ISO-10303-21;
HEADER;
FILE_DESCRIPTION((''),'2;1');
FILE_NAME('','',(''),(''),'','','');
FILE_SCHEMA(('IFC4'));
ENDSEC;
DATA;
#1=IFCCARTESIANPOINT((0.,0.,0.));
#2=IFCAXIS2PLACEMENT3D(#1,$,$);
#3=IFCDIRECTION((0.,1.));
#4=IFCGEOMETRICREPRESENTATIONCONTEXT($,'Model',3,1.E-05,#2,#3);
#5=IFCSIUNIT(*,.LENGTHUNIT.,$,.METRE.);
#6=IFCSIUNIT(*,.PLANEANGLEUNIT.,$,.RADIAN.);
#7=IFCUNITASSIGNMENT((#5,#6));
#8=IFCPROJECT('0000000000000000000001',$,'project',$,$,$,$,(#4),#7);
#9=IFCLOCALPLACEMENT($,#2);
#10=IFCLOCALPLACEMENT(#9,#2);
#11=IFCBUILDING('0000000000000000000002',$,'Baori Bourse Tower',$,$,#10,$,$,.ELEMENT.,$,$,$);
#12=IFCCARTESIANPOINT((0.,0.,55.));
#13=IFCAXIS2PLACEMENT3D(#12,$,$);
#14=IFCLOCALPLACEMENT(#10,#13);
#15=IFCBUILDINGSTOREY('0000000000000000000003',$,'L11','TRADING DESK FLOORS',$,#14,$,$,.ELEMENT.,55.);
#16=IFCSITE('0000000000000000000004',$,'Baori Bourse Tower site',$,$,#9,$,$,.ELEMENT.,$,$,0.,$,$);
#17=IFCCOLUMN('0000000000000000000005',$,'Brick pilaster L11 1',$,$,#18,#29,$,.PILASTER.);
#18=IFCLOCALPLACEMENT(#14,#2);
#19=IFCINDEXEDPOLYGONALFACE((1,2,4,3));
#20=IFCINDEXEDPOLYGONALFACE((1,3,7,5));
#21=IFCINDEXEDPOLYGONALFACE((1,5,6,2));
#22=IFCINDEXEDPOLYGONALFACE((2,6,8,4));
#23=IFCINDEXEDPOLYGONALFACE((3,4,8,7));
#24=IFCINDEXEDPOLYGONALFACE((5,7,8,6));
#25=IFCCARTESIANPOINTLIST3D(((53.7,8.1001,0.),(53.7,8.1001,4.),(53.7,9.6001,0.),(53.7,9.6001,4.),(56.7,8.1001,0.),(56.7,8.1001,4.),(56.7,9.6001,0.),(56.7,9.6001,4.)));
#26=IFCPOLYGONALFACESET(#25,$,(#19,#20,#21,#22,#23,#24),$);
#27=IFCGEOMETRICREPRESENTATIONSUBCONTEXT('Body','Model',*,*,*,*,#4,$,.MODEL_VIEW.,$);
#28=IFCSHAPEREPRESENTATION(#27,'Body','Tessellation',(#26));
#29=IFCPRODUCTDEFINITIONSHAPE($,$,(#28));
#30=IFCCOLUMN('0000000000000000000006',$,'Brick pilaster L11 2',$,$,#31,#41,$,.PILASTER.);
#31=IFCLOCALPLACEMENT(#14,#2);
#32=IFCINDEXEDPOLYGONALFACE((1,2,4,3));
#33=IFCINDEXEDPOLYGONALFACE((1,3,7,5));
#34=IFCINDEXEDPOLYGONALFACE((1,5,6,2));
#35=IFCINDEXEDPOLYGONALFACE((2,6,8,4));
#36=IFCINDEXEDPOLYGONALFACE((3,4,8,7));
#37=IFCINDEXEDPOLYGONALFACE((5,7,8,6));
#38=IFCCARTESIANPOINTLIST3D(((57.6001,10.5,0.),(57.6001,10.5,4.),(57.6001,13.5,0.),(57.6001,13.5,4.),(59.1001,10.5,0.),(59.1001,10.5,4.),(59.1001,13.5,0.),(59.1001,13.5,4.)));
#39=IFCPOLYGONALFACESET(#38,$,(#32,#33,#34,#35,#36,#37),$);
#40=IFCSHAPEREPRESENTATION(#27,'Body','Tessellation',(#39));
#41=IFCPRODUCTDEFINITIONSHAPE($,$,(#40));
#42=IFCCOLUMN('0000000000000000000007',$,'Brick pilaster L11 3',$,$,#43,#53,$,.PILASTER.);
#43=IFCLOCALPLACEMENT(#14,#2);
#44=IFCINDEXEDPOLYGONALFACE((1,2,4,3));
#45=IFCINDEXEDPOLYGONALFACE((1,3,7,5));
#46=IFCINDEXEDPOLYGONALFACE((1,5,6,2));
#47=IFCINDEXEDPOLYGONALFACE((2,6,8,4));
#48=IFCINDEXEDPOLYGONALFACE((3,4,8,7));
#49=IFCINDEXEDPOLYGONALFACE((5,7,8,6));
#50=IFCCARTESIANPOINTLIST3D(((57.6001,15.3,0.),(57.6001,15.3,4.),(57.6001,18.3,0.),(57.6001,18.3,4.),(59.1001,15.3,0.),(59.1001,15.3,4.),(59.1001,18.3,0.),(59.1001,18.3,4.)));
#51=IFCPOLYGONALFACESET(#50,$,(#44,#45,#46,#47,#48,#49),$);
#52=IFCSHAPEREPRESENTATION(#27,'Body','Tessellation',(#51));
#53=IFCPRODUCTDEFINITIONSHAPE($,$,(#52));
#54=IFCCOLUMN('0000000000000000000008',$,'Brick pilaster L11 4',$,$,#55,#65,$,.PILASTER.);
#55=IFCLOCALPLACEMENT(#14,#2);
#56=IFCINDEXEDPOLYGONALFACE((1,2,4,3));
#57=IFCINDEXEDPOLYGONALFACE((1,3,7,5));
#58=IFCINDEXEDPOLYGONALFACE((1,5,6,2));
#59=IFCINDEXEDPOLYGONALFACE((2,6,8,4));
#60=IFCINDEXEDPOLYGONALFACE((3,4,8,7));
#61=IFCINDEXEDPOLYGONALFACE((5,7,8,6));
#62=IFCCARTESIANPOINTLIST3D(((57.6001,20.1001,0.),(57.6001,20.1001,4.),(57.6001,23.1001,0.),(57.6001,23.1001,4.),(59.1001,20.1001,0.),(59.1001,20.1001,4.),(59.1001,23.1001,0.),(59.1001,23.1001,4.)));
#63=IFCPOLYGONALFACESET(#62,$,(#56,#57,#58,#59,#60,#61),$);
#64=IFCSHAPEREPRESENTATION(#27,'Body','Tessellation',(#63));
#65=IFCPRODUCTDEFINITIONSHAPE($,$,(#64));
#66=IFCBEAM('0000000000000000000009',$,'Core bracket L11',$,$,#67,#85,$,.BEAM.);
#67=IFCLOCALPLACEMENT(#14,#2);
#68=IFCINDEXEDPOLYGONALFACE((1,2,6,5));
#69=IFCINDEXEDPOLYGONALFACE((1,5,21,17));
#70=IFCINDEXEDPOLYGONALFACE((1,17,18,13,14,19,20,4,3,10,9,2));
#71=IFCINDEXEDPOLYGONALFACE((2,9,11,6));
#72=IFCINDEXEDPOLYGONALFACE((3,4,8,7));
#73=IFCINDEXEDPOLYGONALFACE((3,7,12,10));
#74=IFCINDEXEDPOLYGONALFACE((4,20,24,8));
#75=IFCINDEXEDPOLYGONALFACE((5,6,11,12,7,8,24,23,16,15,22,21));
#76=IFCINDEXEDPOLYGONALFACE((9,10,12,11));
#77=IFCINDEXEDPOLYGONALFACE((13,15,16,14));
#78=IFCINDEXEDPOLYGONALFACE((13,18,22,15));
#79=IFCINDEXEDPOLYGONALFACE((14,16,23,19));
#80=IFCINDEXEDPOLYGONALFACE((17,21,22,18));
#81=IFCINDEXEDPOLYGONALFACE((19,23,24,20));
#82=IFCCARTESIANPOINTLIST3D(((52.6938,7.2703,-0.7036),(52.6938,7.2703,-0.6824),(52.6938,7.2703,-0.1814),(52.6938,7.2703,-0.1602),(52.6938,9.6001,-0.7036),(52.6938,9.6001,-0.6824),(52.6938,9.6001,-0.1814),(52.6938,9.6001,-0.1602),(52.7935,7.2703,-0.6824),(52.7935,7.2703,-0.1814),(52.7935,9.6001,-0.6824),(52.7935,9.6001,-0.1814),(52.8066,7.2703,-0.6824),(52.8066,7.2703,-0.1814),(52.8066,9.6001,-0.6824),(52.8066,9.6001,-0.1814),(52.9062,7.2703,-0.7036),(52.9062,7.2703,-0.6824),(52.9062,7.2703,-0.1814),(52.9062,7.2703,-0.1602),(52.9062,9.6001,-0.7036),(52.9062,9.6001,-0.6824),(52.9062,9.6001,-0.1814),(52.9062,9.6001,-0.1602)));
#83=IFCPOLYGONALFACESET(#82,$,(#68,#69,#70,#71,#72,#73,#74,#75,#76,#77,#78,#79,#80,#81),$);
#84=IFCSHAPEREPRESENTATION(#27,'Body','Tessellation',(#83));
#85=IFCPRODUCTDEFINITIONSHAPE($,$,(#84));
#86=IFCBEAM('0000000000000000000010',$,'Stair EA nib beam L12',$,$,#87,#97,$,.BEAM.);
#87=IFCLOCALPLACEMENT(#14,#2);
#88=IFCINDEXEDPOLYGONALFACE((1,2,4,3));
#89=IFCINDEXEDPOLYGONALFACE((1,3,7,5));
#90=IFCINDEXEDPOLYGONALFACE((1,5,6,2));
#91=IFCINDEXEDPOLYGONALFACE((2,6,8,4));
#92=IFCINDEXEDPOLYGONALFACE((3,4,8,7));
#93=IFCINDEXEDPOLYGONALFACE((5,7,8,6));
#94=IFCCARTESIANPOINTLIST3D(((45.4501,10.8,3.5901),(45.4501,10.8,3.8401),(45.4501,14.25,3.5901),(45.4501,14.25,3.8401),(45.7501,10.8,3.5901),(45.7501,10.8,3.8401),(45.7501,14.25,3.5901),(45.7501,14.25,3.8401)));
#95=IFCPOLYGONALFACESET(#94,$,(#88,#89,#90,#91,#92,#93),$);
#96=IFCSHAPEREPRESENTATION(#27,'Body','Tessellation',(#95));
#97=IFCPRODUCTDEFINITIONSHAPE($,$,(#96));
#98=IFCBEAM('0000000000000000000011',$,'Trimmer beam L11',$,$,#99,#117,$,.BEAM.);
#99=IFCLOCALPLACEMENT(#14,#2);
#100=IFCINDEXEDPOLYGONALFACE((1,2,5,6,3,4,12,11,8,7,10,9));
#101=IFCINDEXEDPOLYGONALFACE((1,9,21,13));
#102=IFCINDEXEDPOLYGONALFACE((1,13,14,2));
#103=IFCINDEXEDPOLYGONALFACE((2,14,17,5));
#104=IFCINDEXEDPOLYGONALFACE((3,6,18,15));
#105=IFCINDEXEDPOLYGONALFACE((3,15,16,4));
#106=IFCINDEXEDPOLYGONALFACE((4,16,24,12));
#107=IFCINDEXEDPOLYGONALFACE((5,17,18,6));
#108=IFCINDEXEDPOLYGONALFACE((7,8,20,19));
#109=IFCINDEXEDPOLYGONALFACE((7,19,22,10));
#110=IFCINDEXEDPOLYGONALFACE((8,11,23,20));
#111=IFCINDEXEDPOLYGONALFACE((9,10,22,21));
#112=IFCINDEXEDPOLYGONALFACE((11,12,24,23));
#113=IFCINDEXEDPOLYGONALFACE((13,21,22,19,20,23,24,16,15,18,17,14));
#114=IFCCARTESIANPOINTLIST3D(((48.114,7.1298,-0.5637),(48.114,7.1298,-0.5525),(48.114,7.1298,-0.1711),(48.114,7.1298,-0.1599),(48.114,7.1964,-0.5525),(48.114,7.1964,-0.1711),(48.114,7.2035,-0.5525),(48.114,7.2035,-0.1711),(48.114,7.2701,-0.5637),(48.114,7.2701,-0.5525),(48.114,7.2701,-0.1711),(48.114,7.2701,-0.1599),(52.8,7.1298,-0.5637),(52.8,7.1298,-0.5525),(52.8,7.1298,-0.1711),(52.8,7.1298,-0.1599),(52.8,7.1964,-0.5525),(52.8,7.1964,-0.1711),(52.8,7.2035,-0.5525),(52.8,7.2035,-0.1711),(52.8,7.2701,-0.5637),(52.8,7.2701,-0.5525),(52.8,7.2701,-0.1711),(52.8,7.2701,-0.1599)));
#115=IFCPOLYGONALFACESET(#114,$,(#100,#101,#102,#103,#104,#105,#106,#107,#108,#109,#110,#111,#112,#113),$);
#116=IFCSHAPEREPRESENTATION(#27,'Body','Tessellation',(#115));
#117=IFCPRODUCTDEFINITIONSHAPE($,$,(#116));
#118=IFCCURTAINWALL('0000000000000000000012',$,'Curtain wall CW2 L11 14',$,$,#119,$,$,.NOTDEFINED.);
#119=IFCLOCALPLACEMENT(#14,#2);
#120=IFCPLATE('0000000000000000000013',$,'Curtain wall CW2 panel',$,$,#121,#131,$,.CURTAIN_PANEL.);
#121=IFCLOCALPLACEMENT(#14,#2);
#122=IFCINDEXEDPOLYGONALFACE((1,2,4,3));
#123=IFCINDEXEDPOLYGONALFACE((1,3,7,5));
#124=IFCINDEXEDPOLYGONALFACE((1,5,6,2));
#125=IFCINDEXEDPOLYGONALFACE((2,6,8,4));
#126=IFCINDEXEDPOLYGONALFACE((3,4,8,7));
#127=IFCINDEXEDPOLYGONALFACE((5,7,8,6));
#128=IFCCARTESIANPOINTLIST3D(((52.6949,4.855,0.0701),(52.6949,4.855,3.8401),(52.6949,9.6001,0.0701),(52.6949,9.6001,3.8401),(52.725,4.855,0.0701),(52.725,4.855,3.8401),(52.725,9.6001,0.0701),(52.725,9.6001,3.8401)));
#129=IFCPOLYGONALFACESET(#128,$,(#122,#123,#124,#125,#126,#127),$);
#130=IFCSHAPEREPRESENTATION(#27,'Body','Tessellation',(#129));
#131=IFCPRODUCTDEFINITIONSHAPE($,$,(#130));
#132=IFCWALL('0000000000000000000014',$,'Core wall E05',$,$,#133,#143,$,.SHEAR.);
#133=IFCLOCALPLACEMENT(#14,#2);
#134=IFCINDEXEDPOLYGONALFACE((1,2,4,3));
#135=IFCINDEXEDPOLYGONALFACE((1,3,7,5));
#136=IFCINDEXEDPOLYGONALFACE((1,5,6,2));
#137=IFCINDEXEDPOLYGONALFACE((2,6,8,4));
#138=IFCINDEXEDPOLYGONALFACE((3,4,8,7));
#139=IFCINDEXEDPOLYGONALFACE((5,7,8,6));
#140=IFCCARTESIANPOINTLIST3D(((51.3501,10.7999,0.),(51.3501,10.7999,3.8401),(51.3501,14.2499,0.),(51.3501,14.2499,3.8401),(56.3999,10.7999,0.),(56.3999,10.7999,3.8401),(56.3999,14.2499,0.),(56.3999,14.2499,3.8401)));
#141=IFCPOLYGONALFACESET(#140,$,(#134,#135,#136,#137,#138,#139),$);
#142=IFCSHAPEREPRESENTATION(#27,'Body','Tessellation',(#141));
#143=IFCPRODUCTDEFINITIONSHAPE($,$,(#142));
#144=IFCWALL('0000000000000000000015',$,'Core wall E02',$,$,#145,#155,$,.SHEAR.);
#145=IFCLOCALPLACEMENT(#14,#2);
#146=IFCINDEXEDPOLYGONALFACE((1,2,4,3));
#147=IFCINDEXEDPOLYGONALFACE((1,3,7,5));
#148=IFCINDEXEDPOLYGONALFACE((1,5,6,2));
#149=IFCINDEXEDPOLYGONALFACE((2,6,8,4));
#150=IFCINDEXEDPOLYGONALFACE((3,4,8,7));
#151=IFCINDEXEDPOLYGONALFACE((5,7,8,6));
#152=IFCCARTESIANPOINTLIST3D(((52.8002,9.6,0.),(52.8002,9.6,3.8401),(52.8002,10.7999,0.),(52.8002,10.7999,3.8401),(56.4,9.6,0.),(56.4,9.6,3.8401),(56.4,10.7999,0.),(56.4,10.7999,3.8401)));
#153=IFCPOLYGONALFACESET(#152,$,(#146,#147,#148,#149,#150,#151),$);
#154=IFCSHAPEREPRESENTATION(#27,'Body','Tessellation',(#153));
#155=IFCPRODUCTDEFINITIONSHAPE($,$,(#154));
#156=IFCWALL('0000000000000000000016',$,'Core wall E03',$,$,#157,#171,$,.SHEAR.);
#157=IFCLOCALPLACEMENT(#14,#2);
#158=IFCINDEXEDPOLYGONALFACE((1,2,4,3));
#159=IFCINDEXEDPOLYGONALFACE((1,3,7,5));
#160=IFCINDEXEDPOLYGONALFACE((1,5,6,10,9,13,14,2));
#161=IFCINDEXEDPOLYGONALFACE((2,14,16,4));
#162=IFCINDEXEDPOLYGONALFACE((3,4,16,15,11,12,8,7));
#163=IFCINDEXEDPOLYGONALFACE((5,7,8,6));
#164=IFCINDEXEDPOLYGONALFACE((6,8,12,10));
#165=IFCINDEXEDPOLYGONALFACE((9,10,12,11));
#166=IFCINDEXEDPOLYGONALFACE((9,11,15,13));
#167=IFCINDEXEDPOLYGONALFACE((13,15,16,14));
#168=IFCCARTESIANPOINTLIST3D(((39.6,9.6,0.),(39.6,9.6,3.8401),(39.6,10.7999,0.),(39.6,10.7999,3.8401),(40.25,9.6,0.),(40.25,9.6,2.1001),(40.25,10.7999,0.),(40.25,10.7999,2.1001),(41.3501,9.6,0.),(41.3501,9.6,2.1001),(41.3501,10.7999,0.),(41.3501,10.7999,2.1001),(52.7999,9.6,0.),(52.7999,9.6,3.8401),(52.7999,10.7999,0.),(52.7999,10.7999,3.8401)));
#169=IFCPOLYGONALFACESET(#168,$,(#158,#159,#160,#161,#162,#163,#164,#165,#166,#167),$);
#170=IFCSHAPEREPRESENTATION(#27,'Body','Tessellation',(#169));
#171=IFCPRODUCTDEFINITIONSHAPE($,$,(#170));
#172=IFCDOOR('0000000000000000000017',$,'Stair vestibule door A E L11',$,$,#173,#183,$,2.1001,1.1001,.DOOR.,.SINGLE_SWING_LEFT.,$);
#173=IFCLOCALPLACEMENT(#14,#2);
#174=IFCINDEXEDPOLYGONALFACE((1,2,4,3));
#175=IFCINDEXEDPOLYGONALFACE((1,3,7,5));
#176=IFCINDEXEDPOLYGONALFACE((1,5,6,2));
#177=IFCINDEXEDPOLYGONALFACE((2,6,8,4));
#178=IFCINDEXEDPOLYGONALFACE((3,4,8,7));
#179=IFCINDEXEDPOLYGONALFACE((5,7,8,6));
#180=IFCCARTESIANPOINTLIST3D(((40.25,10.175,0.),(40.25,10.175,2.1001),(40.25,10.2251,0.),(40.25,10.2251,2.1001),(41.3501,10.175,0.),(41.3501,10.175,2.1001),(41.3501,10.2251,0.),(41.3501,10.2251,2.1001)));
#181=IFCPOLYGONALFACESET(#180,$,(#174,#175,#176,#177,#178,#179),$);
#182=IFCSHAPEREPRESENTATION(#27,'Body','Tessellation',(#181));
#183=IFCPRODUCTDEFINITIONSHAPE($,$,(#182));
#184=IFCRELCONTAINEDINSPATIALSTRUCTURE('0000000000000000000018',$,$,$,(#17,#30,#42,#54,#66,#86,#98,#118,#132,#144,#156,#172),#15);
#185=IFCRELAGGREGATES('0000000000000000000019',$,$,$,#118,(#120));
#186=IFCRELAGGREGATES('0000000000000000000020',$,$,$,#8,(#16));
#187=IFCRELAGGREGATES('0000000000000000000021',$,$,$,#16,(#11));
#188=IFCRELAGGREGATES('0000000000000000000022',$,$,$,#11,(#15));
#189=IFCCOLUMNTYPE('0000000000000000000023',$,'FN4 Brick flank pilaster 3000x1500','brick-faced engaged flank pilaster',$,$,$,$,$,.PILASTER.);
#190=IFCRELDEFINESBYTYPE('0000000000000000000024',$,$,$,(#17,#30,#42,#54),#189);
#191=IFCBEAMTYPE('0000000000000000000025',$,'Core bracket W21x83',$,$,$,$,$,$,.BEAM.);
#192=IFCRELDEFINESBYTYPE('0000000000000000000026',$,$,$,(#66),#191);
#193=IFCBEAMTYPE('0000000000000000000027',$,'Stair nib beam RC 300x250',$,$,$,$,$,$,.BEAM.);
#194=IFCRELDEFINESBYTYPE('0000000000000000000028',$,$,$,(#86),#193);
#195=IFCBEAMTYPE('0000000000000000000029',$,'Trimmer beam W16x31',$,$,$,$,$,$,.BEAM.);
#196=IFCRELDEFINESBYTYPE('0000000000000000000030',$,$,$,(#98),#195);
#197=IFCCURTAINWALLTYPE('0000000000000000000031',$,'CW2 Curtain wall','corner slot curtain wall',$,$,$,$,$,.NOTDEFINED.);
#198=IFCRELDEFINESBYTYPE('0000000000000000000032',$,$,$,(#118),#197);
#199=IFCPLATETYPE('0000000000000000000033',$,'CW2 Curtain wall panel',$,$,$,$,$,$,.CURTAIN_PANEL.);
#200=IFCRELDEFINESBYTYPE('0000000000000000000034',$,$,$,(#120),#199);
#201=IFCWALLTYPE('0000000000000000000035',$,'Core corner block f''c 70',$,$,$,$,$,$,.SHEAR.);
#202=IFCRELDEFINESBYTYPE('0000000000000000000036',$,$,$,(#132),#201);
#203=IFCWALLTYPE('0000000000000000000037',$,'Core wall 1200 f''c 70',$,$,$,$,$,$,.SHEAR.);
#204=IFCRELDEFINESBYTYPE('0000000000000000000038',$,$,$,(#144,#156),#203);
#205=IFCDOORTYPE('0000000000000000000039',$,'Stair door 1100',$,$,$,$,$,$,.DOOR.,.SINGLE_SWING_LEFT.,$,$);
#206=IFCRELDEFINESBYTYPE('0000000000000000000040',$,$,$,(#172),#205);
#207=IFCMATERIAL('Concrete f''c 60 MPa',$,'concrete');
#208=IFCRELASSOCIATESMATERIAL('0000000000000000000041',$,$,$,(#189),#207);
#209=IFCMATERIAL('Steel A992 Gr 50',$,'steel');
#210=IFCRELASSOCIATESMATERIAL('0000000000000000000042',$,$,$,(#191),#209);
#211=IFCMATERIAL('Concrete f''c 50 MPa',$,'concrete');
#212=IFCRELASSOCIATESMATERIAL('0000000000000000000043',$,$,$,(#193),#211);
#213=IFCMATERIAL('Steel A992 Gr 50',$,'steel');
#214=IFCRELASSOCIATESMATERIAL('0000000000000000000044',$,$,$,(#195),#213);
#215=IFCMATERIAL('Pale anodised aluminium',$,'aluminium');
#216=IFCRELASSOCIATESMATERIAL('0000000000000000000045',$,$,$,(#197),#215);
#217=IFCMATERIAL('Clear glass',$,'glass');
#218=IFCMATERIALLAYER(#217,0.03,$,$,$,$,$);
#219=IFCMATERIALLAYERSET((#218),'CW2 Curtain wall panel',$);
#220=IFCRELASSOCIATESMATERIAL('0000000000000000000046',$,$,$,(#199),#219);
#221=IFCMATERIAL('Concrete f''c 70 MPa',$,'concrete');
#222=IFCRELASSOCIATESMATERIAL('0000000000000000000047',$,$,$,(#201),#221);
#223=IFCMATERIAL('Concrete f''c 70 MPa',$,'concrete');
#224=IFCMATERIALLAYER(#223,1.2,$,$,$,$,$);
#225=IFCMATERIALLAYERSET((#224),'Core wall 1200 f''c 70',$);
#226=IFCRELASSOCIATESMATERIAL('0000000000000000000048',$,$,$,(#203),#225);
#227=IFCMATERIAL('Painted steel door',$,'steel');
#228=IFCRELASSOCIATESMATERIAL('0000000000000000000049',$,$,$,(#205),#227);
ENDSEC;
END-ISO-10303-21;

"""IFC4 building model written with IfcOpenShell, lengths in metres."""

from ifc_helpers import new_model, si_unit, direction, frame, frame_2d, origin, origin_2d, place, context, subcontext, project, spatial, rectangle, i_section, extrude, material, layer, layer_set, material_profile, profile_set, type_object, element, fill, aggregate, save


model = new_model("IFC4")

# Units and contexts
model_context = context("Model", 3, precision=1e-05, world=origin(), true_north=direction((0.0, 1.0)))
body_context = subcontext(model_context, "Body", "Model", "MODEL_VIEW")
ifc_project = project(units=[si_unit("LENGTHUNIT", "METRE"), si_unit("PLANEANGLEUNIT", "RADIAN")], contexts=[model_context])

# Site, building, storey
site_placement = place(None, origin())
site = spatial("IfcSite", under=ifc_project, at=site_placement, Name="Baori Bourse Tower site", CompositionType="ELEMENT", RefElevation=0.0)
building_placement = place(site_placement, origin())
building = spatial("IfcBuilding", under=site, at=building_placement, Name="Baori Bourse Tower", CompositionType="ELEMENT")
storey_placement = place(building_placement, frame((0.0, 0.0, 55.0)))
storey = spatial("IfcBuildingStorey", under=building, at=storey_placement, Name="L11", Description="TRADING DESK FLOORS", CompositionType="ELEMENT", Elevation=55.0)

# Columns
ifc_material_1 = material(Name="Concrete f'c 60 MPa", Category="concrete")
ifc_material_profile_1 = material_profile(ifc_material_1, rectangle(XDim=3.0, YDim=1.5, at=origin_2d()), Name="RC 3000x1500")
ifc_profile_set_1 = profile_set([ifc_material_profile_1], Name="Concrete f'c 60 MPa")
column_type = type_object("IfcColumnType", Name="FN4 Brick flank pilaster 3000x1500", Description="brick-faced engaged flank pilaster", PredefinedType="PILASTER", material=ifc_profile_set_1)
for number, where, z_axis, x_axis, name in (
    (1, (55.2, 8.8501, 0.0), (0.0, 0.0, 1.0), (1.0, 0.0, 0.0), "Brick pilaster L11 1"),
    (2, (58.3501, 12.0, 0.0), (0.0, 0.0, 1.0), (0.0, 1.0, 0.0), "Brick pilaster L11 2"),
    (3, (58.3501, 16.8, 0.0), (0.0, 0.0, 1.0), (0.0, 1.0, 0.0), "Brick pilaster L11 3"),
    (4, (58.3501, 21.6001, 0.0), (0.0, 0.0, 1.0), (0.0, 1.0, 0.0), "Brick pilaster L11 4"),
):
    element("IfcColumn", number, at=place(storey_placement, frame(where, z_axis=z_axis, x_axis=x_axis)), inside=storey, type_object=column_type, Name=name, PredefinedType="PILASTER", context=body_context, shape_type="SweptSolid", body=[
        extrude(rectangle(XDim=3.0, YDim=1.5, at=origin_2d()), origin(), (0.0, 0.0, 1.0), 4.0),
    ])

# Beams
ifc_material_2 = material(Name="Steel A992 Gr 50", Category="steel")
ifc_material_profile_2 = material_profile(ifc_material_2, i_section(OverallWidth=0.2124, OverallDepth=0.5435, WebThickness=0.0132, FlangeThickness=0.0212, at=origin_2d()), Name="W21x83")
ifc_profile_set_2 = profile_set([ifc_material_profile_2], Name="Steel A992 Gr 50")
beam_type_1 = type_object("IfcBeamType", Name="Core bracket W21x83", PredefinedType="BEAM", material=ifc_profile_set_2)
beam_1_placement = place(storey_placement, frame((52.8, 7.2703, -0.4319), z_axis=(0.0, 1.0, 0.0), x_axis=(-1.0, 0.0, 0.0)))
element("IfcBeam", 5, at=beam_1_placement, inside=storey, type_object=beam_type_1, Name="Core bracket L11", PredefinedType="BEAM", context=body_context, shape_type="SweptSolid", body=[
    extrude(i_section(OverallWidth=0.2124, OverallDepth=0.5435, WebThickness=0.0132, FlangeThickness=0.0212, at=origin_2d()), origin(), (0.0, 0.0, 1.0), 2.3298),
])
ifc_material_3 = material(Name="Concrete f'c 50 MPa", Category="concrete")
ifc_material_profile_3 = material_profile(ifc_material_3, rectangle(XDim=0.3, YDim=0.25, at=origin_2d()), Name="RC 300x250")
ifc_profile_set_3 = profile_set([ifc_material_profile_3], Name="Concrete f'c 50 MPa")
beam_type_2 = type_object("IfcBeamType", Name="Stair nib beam RC 300x250", PredefinedType="BEAM", material=ifc_profile_set_3)
beam_2_placement = place(storey_placement, frame((45.6001, 10.8, 3.7151), z_axis=(0.0, 1.0, 0.0), x_axis=(-1.0, 0.0, 0.0)))
element("IfcBeam", 6, at=beam_2_placement, inside=storey, type_object=beam_type_2, Name="Stair EA nib beam L12", PredefinedType="BEAM", context=body_context, shape_type="SweptSolid", body=[
    extrude(rectangle(XDim=0.3, YDim=0.25, at=origin_2d()), origin(), (0.0, 0.0, 1.0), 3.45),
])
ifc_material_4 = material(Name="Steel A992 Gr 50", Category="steel")
ifc_material_profile_4 = material_profile(ifc_material_4, i_section(OverallWidth=0.1404, OverallDepth=0.4038, WebThickness=0.0071, FlangeThickness=0.0112, at=origin_2d()), Name="W16x31")
ifc_profile_set_4 = profile_set([ifc_material_profile_4], Name="Steel A992 Gr 50")
beam_type_3 = type_object("IfcBeamType", Name="Trimmer beam W16x31", PredefinedType="BEAM", material=ifc_profile_set_4)
beam_3_placement = place(storey_placement, frame((48.114, 7.2, -0.3618), z_axis=(1.0, 0.0, 0.0), x_axis=(0.0, 1.0, 0.0)))
element("IfcBeam", 7, at=beam_3_placement, inside=storey, type_object=beam_type_3, Name="Trimmer beam L11", PredefinedType="BEAM", context=body_context, shape_type="SweptSolid", body=[
    extrude(i_section(OverallWidth=0.1404, OverallDepth=0.4038, WebThickness=0.0071, FlangeThickness=0.0112, at=origin_2d()), origin(), (0.0, 0.0, 1.0), 4.686),
])

# Curtain wall, plate
ifc_material_5 = material(Name="Pale anodised aluminium", Category="aluminium")
curtain_wall_type = type_object("IfcCurtainWallType", Name="CW2 Curtain wall", Description="corner slot curtain wall", PredefinedType="NOTDEFINED", material=ifc_material_5)
curtain_wall_placement = place(storey_placement, origin())
curtain_wall = element("IfcCurtainWall", 8, at=curtain_wall_placement, inside=storey, type_object=curtain_wall_type, Name="Curtain wall CW2 L11 14", PredefinedType="NOTDEFINED")
ifc_material_6 = material(Name="Clear glass", Category="glass")
ifc_layer_1 = layer(ifc_material_6, 0.03)
ifc_layer_set_1 = layer_set([ifc_layer_1], Name="CW2 Curtain wall panel")
plate_type = type_object("IfcPlateType", Name="CW2 Curtain wall panel", PredefinedType="CURTAIN_PANEL", material=ifc_layer_set_1)
plate_placement = place(storey_placement, frame((52.71, 7.2275, 0.0701), z_axis=(0.0, 0.0, 1.0), x_axis=(0.0, 1.0, 0.0)))
plate = element("IfcPlate", 9, at=plate_placement, type_object=plate_type, Name="Curtain wall CW2 panel", PredefinedType="CURTAIN_PANEL", context=body_context, shape_type="SweptSolid", body=[
    extrude(rectangle(XDim=4.7451, YDim=0.03, at=origin_2d()), origin(), (0.0, 0.0, 1.0), 3.77),
])
aggregate(curtain_wall, [plate])

# Walls
ifc_material_7 = material(Name="Concrete f'c 70 MPa", Category="concrete")
wall_type_1 = type_object("IfcWallType", Name="Core corner block f'c 70", PredefinedType="SHEAR", material=ifc_material_7)
wall_1_placement = place(storey_placement, frame((51.3501, 12.5249, 0.0), z_axis=(0.0, 0.0, 1.0), x_axis=(1.0, 0.0, 0.0)))
element("IfcWall", 10, at=wall_1_placement, inside=storey, type_object=wall_type_1, Name="Core wall E05", PredefinedType="SHEAR", context=body_context, shape_type="SweptSolid", body=[
    extrude(rectangle(XDim=5.0498, YDim=3.45, at=frame_2d((2.5249, 0.0))), origin(), (0.0, 0.0, 1.0), 3.8401),
])
ifc_material_8 = material(Name="Concrete f'c 70 MPa", Category="concrete")
ifc_layer_2 = layer(ifc_material_8, 1.2)
ifc_layer_set_2 = layer_set([ifc_layer_2], Name="Core wall 1200 f'c 70")
wall_type_2 = type_object("IfcWallType", Name="Core wall 1200 f'c 70", PredefinedType="SHEAR", material=ifc_layer_set_2)
wall_2_placement = place(storey_placement, frame((56.3999, 10.2, 0.0), z_axis=(0.0, 0.0, 1.0), x_axis=(-1.0, 0.0, 0.0)))
element("IfcWall", 11, at=wall_2_placement, inside=storey, type_object=wall_type_2, Name="Core wall E02", PredefinedType="SHEAR", context=body_context, shape_type="SweptSolid", body=[
    extrude(rectangle(XDim=3.5999, YDim=1.2, at=frame_2d((1.7998, 0.0))), origin(), (0.0, 0.0, 1.0), 3.8401),
])

# Wall, opening, door
wall_3_placement = place(storey_placement, frame((52.8, 10.2, 0.0), z_axis=(0.0, 0.0, 1.0), x_axis=(-1.0, 0.0, 0.0)))
wall_3 = element("IfcWall", 12, at=wall_3_placement, inside=storey, type_object=wall_type_2, Name="Core wall E03", PredefinedType="SHEAR", context=body_context, shape_type="SweptSolid", body=[
    extrude(rectangle(XDim=13.2, YDim=1.2, at=frame_2d((6.6001, 0.0))), origin(), (0.0, 0.0, 1.0), 3.8401),
])
opening_1_placement = place(wall_3_placement, frame((11.45, 0.0, 0.0)))
opening_1 = element("IfcOpeningElement", 13, at=opening_1_placement, cuts=wall_3, PredefinedType="OPENING", context=body_context, shape_type="SweptSolid", body=[
    extrude(rectangle(XDim=1.1001, YDim=2.1001, at=frame_2d((0.55, 1.05))), frame((0.0, 0.6099, 0.0), z_axis=(0.0, -1.0, 0.0), x_axis=(1.0, 0.0, 0.0)), (0.0, 0.0, 1.0), 1.22),
])
ifc_material_9 = material(Name="Painted steel door", Category="steel")
door_type_1 = type_object("IfcDoorType", Name="Stair door 1100", OperationType="SINGLE_SWING_LEFT", PredefinedType="DOOR", material=ifc_material_9)
door_1_placement = place(opening_1_placement, origin())
door_1 = element("IfcDoor", 14, at=door_1_placement, inside=storey, type_object=door_type_1, Name="Stair vestibule door A E L11", OperationType="SINGLE_SWING_LEFT", OverallHeight=2.1001, OverallWidth=1.1001, PredefinedType="DOOR", context=body_context, shape_type="SweptSolid", body=[
    extrude(rectangle(XDim=1.1001, YDim=2.1001, at=frame_2d((0.55, 1.05))), frame((0.0, 0.0249, 0.0), z_axis=(0.0, -1.0, 0.0), x_axis=(1.0, 0.0, 0.0)), (0.0, 0.0, 1.0), 0.05),
])
fill(opening_1, door_1)

save(model, "model.ifc")
